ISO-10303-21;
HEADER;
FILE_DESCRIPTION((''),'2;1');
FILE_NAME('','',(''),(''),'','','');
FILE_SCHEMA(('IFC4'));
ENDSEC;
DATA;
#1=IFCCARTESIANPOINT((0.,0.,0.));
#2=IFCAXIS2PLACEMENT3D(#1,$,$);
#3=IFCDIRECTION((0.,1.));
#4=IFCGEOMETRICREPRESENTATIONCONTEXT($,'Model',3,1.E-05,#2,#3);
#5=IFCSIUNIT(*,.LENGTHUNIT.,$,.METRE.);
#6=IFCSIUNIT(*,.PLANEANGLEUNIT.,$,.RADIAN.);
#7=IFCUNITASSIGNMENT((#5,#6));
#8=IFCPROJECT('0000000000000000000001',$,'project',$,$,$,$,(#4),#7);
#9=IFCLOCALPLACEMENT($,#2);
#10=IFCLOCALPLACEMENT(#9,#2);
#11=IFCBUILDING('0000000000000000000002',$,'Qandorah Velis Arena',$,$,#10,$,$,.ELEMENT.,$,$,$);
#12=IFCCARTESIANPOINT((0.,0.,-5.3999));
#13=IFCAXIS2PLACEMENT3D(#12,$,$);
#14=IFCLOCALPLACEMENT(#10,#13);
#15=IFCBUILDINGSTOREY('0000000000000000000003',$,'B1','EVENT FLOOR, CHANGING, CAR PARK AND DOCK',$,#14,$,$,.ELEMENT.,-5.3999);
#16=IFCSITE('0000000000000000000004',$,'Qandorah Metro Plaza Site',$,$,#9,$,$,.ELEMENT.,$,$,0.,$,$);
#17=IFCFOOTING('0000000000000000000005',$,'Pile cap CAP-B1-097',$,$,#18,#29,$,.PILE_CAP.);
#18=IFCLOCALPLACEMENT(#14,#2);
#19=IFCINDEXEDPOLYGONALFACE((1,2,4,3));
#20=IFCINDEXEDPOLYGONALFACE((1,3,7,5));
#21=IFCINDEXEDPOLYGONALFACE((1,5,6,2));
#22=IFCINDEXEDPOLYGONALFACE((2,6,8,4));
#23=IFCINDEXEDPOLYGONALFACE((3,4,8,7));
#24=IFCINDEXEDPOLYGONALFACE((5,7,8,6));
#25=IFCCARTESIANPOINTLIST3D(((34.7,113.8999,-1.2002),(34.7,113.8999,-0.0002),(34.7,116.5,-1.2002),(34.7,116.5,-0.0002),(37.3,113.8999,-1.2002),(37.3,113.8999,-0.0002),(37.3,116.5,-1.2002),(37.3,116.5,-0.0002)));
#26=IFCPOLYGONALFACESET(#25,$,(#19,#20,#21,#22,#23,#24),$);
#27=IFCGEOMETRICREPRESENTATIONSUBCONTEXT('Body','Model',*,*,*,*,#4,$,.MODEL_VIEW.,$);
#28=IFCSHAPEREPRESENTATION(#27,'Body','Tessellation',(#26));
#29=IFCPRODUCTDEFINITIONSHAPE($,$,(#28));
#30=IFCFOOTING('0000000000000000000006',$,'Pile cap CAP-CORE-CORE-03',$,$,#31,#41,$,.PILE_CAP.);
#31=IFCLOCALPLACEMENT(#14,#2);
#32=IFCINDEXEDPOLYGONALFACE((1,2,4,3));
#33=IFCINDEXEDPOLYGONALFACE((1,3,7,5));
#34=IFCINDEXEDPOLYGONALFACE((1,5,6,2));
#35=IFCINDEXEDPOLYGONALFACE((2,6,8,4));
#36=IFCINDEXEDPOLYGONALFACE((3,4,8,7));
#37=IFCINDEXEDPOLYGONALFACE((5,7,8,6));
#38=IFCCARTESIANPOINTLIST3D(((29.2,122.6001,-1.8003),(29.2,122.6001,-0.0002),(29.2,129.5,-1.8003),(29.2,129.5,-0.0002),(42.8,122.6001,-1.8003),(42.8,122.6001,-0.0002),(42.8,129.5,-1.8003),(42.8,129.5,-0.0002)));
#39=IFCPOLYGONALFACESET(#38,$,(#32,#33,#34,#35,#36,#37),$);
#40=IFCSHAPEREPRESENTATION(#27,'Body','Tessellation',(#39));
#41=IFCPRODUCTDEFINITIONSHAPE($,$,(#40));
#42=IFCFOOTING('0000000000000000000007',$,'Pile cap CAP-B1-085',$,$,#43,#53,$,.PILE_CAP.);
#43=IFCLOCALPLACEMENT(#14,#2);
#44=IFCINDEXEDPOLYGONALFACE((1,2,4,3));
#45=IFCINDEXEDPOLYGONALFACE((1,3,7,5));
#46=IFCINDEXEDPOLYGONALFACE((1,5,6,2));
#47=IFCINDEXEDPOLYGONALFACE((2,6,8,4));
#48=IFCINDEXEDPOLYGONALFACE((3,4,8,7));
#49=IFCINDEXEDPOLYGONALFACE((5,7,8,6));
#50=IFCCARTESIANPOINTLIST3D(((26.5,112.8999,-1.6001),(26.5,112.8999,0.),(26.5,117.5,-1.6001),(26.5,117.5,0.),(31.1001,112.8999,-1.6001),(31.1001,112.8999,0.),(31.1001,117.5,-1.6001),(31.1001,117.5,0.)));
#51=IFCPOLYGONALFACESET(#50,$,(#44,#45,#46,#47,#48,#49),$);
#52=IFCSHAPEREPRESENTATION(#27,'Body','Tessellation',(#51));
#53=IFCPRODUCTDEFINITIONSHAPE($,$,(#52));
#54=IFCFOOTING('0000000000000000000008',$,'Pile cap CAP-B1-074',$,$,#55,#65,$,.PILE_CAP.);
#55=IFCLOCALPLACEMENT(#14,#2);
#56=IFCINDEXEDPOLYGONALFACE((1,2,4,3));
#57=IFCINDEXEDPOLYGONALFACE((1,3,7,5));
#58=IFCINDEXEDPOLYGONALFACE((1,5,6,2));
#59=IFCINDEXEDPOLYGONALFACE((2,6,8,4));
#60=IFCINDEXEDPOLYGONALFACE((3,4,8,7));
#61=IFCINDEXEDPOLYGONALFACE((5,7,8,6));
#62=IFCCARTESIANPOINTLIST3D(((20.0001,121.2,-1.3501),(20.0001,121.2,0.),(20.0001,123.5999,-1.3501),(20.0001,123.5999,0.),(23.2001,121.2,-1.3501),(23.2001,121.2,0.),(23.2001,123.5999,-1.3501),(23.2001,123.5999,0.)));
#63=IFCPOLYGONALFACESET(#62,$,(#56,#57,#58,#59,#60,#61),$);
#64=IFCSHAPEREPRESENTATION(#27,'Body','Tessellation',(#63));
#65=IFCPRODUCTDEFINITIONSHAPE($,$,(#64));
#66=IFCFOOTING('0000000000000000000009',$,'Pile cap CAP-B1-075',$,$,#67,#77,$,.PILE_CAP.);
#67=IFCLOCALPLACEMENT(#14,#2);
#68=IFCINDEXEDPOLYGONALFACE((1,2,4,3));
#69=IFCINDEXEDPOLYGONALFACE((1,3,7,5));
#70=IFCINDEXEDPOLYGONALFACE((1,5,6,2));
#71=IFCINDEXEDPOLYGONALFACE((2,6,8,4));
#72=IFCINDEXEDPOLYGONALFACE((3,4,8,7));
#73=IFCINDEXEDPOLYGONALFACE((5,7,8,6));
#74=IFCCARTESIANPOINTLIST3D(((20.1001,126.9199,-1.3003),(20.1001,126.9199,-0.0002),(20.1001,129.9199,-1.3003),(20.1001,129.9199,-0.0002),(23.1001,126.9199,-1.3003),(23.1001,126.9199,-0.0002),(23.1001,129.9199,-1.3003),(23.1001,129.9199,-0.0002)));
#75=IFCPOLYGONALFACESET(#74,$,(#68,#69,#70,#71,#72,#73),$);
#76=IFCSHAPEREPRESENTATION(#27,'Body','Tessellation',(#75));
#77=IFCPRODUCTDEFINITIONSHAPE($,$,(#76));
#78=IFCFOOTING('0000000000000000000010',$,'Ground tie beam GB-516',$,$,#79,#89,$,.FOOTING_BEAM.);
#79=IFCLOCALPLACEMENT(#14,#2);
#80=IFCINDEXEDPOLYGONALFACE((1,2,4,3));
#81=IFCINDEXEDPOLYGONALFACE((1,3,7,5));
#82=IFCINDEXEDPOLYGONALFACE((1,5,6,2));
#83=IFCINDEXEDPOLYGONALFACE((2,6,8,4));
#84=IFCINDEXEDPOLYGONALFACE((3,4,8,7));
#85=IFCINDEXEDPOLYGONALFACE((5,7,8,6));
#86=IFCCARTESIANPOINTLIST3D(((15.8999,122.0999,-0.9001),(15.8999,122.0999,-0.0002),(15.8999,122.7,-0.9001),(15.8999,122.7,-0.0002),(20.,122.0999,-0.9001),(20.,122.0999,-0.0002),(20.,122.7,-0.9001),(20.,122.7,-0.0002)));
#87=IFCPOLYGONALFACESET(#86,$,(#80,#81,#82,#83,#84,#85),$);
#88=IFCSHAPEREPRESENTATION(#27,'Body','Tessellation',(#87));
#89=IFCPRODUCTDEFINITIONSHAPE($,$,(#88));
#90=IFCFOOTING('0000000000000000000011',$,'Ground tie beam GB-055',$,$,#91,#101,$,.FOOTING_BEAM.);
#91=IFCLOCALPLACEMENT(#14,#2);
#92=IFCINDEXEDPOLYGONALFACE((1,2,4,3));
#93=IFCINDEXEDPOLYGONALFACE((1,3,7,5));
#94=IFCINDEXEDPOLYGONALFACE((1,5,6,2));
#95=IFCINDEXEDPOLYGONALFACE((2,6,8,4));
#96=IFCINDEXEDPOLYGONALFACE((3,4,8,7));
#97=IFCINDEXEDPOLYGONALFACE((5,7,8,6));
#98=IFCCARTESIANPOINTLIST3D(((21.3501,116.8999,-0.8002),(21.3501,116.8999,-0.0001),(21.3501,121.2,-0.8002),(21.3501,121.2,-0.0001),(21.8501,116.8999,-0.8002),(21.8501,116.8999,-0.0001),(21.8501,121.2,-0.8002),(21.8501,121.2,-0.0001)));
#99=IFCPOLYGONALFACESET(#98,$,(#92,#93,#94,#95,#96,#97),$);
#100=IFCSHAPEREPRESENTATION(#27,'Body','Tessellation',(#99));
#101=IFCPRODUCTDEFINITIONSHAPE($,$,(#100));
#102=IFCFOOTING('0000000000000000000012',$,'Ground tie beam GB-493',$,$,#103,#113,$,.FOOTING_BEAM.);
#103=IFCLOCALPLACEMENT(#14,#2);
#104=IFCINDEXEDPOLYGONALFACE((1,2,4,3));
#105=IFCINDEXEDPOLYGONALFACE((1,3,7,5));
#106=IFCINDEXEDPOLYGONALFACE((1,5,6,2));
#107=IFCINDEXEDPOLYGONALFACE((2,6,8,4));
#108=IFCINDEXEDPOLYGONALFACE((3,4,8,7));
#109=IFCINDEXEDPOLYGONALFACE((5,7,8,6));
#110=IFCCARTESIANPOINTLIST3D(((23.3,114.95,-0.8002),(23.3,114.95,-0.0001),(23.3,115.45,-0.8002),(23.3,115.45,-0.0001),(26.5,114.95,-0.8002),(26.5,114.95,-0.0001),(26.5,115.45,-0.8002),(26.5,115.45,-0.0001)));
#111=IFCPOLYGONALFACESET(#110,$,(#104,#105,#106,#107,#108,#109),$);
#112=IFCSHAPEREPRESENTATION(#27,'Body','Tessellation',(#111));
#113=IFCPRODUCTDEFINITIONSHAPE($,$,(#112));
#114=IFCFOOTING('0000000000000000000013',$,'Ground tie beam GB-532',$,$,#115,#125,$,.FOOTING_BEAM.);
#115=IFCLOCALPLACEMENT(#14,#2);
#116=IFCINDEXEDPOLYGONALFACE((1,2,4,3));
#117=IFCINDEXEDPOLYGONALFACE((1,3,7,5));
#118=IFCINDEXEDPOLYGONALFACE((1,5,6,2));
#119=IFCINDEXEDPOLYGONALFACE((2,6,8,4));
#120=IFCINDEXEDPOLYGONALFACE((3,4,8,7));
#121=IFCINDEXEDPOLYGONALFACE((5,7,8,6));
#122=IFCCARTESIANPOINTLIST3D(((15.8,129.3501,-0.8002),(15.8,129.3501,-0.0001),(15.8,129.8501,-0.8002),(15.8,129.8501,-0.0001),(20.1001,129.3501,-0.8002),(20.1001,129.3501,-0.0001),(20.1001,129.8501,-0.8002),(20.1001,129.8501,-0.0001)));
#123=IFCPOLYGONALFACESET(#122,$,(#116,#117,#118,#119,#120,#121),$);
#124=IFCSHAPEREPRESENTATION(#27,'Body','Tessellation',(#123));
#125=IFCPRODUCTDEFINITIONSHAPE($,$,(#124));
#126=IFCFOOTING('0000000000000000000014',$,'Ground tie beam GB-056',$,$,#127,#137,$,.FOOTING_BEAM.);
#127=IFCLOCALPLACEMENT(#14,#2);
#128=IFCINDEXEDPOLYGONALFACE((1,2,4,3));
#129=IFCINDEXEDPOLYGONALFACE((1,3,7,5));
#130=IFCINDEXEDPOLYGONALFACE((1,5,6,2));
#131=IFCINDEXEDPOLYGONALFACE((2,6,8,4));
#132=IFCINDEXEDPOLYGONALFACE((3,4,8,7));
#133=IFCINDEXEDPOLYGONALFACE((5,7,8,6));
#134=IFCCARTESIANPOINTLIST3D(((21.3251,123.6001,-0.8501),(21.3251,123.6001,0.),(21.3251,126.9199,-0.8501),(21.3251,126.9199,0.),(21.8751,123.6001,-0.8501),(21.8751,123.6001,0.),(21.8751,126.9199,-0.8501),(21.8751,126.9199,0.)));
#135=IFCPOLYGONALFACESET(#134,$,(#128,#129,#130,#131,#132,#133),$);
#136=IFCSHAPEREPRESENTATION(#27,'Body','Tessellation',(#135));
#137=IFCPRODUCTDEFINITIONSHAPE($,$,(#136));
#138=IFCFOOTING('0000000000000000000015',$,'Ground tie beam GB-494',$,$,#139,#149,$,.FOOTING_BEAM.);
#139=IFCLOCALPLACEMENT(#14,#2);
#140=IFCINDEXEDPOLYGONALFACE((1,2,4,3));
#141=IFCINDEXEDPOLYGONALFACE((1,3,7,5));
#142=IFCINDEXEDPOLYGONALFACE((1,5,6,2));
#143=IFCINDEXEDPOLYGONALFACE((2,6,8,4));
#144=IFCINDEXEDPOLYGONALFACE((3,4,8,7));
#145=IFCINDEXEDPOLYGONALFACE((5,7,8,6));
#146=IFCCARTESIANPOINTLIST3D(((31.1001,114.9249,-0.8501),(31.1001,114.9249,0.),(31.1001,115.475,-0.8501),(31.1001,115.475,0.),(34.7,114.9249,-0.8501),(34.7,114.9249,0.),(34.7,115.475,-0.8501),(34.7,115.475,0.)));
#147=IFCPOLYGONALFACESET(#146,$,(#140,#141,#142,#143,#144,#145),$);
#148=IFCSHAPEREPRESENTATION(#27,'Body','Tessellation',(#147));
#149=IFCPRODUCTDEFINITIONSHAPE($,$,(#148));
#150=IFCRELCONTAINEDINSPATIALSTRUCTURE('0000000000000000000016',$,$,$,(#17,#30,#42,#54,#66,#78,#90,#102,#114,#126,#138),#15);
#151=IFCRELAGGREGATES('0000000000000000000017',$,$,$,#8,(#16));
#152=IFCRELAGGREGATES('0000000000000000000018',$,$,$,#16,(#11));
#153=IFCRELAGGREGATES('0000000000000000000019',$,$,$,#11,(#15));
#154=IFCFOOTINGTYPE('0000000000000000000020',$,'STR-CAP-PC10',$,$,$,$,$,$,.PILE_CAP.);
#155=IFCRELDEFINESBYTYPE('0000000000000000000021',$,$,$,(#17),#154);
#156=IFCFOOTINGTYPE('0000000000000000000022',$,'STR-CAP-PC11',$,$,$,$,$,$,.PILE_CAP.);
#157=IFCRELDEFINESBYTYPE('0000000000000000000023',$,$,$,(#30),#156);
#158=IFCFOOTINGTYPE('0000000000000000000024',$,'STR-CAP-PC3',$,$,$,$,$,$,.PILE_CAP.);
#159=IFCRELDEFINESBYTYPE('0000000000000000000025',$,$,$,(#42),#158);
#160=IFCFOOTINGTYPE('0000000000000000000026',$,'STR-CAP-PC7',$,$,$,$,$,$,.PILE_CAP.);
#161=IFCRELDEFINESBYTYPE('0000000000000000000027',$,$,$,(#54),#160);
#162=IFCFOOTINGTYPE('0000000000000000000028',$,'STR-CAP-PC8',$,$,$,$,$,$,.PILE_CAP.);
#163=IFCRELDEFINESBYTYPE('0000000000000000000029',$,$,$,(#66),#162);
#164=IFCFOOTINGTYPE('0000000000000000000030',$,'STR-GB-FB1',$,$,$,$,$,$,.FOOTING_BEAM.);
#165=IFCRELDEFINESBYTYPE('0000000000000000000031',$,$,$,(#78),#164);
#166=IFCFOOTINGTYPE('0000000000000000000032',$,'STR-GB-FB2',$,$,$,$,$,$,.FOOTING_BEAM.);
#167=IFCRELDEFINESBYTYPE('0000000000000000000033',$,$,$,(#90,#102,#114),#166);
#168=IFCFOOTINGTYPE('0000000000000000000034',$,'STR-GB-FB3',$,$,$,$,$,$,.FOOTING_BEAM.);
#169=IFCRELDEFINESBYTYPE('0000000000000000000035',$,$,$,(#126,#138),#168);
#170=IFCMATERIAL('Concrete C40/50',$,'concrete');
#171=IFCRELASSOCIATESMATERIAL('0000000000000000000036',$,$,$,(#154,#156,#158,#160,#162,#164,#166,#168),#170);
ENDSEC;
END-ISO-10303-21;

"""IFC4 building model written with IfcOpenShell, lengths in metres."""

from ifc_helpers import new_model, si_unit, direction, frame, origin, origin_2d, place, context, subcontext, project, spatial, rectangle, extrude, material, material_profile, profile_set, type_object, element, save


model = new_model("IFC4")

# Units and contexts
model_context = context("Model", 3, precision=1e-05, world=origin(), true_north=direction((0.0, 1.0)))
body_context = subcontext(model_context, "Body", "Model", "MODEL_VIEW")
ifc_project = project(units=[si_unit("LENGTHUNIT", "METRE"), si_unit("PLANEANGLEUNIT", "RADIAN")], contexts=[model_context])

# Site, building, storey
site_placement = place(None, origin())
site = spatial("IfcSite", under=ifc_project, at=site_placement, Name="Qandorah Metro Plaza Site", CompositionType="ELEMENT", RefElevation=0.0)
building_placement = place(site_placement, origin())
building = spatial("IfcBuilding", under=site, at=building_placement, Name="Qandorah Velis Arena", CompositionType="ELEMENT")
storey_placement = place(building_placement, frame((0.0, 0.0, -5.3999)))
storey = spatial("IfcBuildingStorey", under=building, at=storey_placement, Name="B1", Description="EVENT FLOOR, CHANGING, CAR PARK AND DOCK", CompositionType="ELEMENT", Elevation=-5.3999)

# Footings
ifc_material_1 = material(Name="Concrete C40/50", Category="concrete")
footing_type_1 = type_object("IfcFootingType", Name="STR-CAP-PC10", PredefinedType="PILE_CAP", material=ifc_material_1)
footing_1_placement = place(storey_placement, frame((36.0, 115.2, -1.2002), z_axis=(0.0, 0.0, 1.0), x_axis=(1.0, 0.0, 0.0)))
element("IfcFooting", 1, at=footing_1_placement, inside=storey, type_object=footing_type_1, Name="Pile cap CAP-B1-097", PredefinedType="PILE_CAP", context=body_context, shape_type="SweptSolid", body=[
    extrude(rectangle(XDim=2.6001, YDim=2.6001, at=origin_2d()), origin(), (0.0, 0.0, 1.0), 1.2),
])
footing_type_2 = type_object("IfcFootingType", Name="STR-CAP-PC11", PredefinedType="PILE_CAP", material=ifc_material_1)
footing_2_placement = place(storey_placement, frame((36.0, 126.05, -1.8003), z_axis=(0.0, 0.0, 1.0), x_axis=(1.0, 0.0, 0.0)))
element("IfcFooting", 2, at=footing_2_placement, inside=storey, type_object=footing_type_2, Name="Pile cap CAP-CORE-CORE-03", PredefinedType="PILE_CAP", context=body_context, shape_type="SweptSolid", body=[
    extrude(rectangle(XDim=13.6001, YDim=6.8999, at=origin_2d()), origin(), (0.0, 0.0, 1.0), 1.8),
])
footing_type_3 = type_object("IfcFootingType", Name="STR-CAP-PC3", PredefinedType="PILE_CAP", material=ifc_material_1)
footing_3_placement = place(storey_placement, frame((28.8, 115.2, -1.6001), z_axis=(0.0, 0.0, 1.0), x_axis=(1.0, 0.0, 0.0)))
element("IfcFooting", 3, at=footing_3_placement, inside=storey, type_object=footing_type_3, Name="Pile cap CAP-B1-085", PredefinedType="PILE_CAP", context=body_context, shape_type="SweptSolid", body=[
    extrude(rectangle(XDim=4.6001, YDim=4.6001, at=origin_2d()), origin(), (0.0, 0.0, 1.0), 1.6001),
])
footing_type_4 = type_object("IfcFootingType", Name="STR-CAP-PC7", PredefinedType="PILE_CAP", material=ifc_material_1)
footing_4_placement = place(storey_placement, frame((21.6001, 122.3999, -1.3501), z_axis=(0.0, 0.0, 1.0), x_axis=(1.0, 0.0, 0.0)))
element("IfcFooting", 4, at=footing_4_placement, inside=storey, type_object=footing_type_4, Name="Pile cap CAP-B1-074", PredefinedType="PILE_CAP", context=body_context, shape_type="SweptSolid", body=[
    extrude(rectangle(XDim=3.2, YDim=2.3999, at=origin_2d()), origin(), (0.0, 0.0, 1.0), 1.3501),
])
footing_type_5 = type_object("IfcFootingType", Name="STR-CAP-PC8", PredefinedType="PILE_CAP", material=ifc_material_1)
footing_5_placement = place(storey_placement, frame((21.6001, 128.4199, -1.3003), z_axis=(0.0, 0.0, 1.0), x_axis=(1.0, 0.0, 0.0)))
element("IfcFooting", 5, at=footing_5_placement, inside=storey, type_object=footing_type_5, Name="Pile cap CAP-B1-075", PredefinedType="PILE_CAP", context=body_context, shape_type="SweptSolid", body=[
    extrude(rectangle(XDim=3.0, YDim=3.0, at=origin_2d()), origin(), (0.0, 0.0, 1.0), 1.3),
])
ifc_material_profile_1 = material_profile(ifc_material_1, rectangle(XDim=0.6001, YDim=0.8999, at=origin_2d()), Name="GB1 600x900")
ifc_profile_set_1 = profile_set([ifc_material_profile_1], Name="Concrete C40/50")
footing_type_6 = type_object("IfcFootingType", Name="STR-GB-FB1", PredefinedType="FOOTING_BEAM", material=ifc_profile_set_1)
footing_6_placement = place(storey_placement, frame((15.8999, 122.3999, -0.4502), z_axis=(1.0, 0.0, 0.0), x_axis=(0.0, 1.0, 0.0)))
element("IfcFooting", 6, at=footing_6_placement, inside=storey, type_object=footing_type_6, Name="Ground tie beam GB-516", PredefinedType="FOOTING_BEAM", context=body_context, shape_type="SweptSolid", body=[
    extrude(rectangle(XDim=0.6001, YDim=0.8999, at=origin_2d()), origin(), (0.0, 0.0, 1.0), 4.1001),
])
ifc_material_profile_2 = material_profile(ifc_material_1, rectangle(XDim=0.5, YDim=0.8, at=origin_2d()), Name="GB2 500x800")
ifc_profile_set_2 = profile_set([ifc_material_profile_2], Name="Concrete C40/50")
footing_type_7 = type_object("IfcFootingType", Name="STR-GB-FB2", PredefinedType="FOOTING_BEAM", material=ifc_profile_set_2)
footing_7_placement = place(storey_placement, frame((21.6001, 116.8999, -0.4001), z_axis=(0.0, 1.0, 0.0), x_axis=(-1.0, 0.0, 0.0)))
element("IfcFooting", 7, at=footing_7_placement, inside=storey, type_object=footing_type_7, Name="Ground tie beam GB-055", PredefinedType="FOOTING_BEAM", context=body_context, shape_type="SweptSolid", body=[
    extrude(rectangle(XDim=0.5, YDim=0.8, at=origin_2d()), origin(), (0.0, 0.0, 1.0), 4.3),
])
footing_8_placement = place(storey_placement, frame((23.3, 115.2, -0.4001), z_axis=(1.0, 0.0, 0.0), x_axis=(0.0, 1.0, 0.0)))
element("IfcFooting", 8, at=footing_8_placement, inside=storey, type_object=footing_type_7, Name="Ground tie beam GB-493", PredefinedType="FOOTING_BEAM", context=body_context, shape_type="SweptSolid", body=[
    extrude(rectangle(XDim=0.5, YDim=0.8, at=origin_2d()), origin(), (0.0, 0.0, 1.0), 3.2),
])
footing_9_placement = place(storey_placement, frame((15.8, 129.6001, -0.4001), z_axis=(1.0, 0.0, 0.0), x_axis=(0.0, 1.0, 0.0)))
element("IfcFooting", 9, at=footing_9_placement, inside=storey, type_object=footing_type_7, Name="Ground tie beam GB-532", PredefinedType="FOOTING_BEAM", context=body_context, shape_type="SweptSolid", body=[
    extrude(rectangle(XDim=0.5, YDim=0.8, at=origin_2d()), origin(), (0.0, 0.0, 1.0), 4.3),
])
ifc_material_profile_3 = material_profile(ifc_material_1, rectangle(XDim=0.55, YDim=0.8501, at=origin_2d()), Name="GB3 550x850")
ifc_profile_set_3 = profile_set([ifc_material_profile_3], Name="Concrete C40/50")
footing_type_8 = type_object("IfcFootingType", Name="STR-GB-FB3", PredefinedType="FOOTING_BEAM", material=ifc_profile_set_3)
footing_10_placement = place(storey_placement, frame((21.6001, 123.6001, -0.425), z_axis=(0.0, 1.0, 0.0), x_axis=(-1.0, 0.0, 0.0)))
element("IfcFooting", 10, at=footing_10_placement, inside=storey, type_object=footing_type_8, Name="Ground tie beam GB-056", PredefinedType="FOOTING_BEAM", context=body_context, shape_type="SweptSolid", body=[
    extrude(rectangle(XDim=0.55, YDim=0.8501, at=origin_2d()), origin(), (0.0, 0.0, 1.0), 3.3198),
])
footing_11_placement = place(storey_placement, frame((31.1001, 115.2, -0.425), z_axis=(1.0, 0.0, 0.0), x_axis=(0.0, 1.0, 0.0)))
element("IfcFooting", 11, at=footing_11_placement, inside=storey, type_object=footing_type_8, Name="Ground tie beam GB-494", PredefinedType="FOOTING_BEAM", context=body_context, shape_type="SweptSolid", body=[
    extrude(rectangle(XDim=0.55, YDim=0.8501, at=origin_2d()), origin(), (0.0, 0.0, 1.0), 3.5999),
])

save(model, "model.ifc")
